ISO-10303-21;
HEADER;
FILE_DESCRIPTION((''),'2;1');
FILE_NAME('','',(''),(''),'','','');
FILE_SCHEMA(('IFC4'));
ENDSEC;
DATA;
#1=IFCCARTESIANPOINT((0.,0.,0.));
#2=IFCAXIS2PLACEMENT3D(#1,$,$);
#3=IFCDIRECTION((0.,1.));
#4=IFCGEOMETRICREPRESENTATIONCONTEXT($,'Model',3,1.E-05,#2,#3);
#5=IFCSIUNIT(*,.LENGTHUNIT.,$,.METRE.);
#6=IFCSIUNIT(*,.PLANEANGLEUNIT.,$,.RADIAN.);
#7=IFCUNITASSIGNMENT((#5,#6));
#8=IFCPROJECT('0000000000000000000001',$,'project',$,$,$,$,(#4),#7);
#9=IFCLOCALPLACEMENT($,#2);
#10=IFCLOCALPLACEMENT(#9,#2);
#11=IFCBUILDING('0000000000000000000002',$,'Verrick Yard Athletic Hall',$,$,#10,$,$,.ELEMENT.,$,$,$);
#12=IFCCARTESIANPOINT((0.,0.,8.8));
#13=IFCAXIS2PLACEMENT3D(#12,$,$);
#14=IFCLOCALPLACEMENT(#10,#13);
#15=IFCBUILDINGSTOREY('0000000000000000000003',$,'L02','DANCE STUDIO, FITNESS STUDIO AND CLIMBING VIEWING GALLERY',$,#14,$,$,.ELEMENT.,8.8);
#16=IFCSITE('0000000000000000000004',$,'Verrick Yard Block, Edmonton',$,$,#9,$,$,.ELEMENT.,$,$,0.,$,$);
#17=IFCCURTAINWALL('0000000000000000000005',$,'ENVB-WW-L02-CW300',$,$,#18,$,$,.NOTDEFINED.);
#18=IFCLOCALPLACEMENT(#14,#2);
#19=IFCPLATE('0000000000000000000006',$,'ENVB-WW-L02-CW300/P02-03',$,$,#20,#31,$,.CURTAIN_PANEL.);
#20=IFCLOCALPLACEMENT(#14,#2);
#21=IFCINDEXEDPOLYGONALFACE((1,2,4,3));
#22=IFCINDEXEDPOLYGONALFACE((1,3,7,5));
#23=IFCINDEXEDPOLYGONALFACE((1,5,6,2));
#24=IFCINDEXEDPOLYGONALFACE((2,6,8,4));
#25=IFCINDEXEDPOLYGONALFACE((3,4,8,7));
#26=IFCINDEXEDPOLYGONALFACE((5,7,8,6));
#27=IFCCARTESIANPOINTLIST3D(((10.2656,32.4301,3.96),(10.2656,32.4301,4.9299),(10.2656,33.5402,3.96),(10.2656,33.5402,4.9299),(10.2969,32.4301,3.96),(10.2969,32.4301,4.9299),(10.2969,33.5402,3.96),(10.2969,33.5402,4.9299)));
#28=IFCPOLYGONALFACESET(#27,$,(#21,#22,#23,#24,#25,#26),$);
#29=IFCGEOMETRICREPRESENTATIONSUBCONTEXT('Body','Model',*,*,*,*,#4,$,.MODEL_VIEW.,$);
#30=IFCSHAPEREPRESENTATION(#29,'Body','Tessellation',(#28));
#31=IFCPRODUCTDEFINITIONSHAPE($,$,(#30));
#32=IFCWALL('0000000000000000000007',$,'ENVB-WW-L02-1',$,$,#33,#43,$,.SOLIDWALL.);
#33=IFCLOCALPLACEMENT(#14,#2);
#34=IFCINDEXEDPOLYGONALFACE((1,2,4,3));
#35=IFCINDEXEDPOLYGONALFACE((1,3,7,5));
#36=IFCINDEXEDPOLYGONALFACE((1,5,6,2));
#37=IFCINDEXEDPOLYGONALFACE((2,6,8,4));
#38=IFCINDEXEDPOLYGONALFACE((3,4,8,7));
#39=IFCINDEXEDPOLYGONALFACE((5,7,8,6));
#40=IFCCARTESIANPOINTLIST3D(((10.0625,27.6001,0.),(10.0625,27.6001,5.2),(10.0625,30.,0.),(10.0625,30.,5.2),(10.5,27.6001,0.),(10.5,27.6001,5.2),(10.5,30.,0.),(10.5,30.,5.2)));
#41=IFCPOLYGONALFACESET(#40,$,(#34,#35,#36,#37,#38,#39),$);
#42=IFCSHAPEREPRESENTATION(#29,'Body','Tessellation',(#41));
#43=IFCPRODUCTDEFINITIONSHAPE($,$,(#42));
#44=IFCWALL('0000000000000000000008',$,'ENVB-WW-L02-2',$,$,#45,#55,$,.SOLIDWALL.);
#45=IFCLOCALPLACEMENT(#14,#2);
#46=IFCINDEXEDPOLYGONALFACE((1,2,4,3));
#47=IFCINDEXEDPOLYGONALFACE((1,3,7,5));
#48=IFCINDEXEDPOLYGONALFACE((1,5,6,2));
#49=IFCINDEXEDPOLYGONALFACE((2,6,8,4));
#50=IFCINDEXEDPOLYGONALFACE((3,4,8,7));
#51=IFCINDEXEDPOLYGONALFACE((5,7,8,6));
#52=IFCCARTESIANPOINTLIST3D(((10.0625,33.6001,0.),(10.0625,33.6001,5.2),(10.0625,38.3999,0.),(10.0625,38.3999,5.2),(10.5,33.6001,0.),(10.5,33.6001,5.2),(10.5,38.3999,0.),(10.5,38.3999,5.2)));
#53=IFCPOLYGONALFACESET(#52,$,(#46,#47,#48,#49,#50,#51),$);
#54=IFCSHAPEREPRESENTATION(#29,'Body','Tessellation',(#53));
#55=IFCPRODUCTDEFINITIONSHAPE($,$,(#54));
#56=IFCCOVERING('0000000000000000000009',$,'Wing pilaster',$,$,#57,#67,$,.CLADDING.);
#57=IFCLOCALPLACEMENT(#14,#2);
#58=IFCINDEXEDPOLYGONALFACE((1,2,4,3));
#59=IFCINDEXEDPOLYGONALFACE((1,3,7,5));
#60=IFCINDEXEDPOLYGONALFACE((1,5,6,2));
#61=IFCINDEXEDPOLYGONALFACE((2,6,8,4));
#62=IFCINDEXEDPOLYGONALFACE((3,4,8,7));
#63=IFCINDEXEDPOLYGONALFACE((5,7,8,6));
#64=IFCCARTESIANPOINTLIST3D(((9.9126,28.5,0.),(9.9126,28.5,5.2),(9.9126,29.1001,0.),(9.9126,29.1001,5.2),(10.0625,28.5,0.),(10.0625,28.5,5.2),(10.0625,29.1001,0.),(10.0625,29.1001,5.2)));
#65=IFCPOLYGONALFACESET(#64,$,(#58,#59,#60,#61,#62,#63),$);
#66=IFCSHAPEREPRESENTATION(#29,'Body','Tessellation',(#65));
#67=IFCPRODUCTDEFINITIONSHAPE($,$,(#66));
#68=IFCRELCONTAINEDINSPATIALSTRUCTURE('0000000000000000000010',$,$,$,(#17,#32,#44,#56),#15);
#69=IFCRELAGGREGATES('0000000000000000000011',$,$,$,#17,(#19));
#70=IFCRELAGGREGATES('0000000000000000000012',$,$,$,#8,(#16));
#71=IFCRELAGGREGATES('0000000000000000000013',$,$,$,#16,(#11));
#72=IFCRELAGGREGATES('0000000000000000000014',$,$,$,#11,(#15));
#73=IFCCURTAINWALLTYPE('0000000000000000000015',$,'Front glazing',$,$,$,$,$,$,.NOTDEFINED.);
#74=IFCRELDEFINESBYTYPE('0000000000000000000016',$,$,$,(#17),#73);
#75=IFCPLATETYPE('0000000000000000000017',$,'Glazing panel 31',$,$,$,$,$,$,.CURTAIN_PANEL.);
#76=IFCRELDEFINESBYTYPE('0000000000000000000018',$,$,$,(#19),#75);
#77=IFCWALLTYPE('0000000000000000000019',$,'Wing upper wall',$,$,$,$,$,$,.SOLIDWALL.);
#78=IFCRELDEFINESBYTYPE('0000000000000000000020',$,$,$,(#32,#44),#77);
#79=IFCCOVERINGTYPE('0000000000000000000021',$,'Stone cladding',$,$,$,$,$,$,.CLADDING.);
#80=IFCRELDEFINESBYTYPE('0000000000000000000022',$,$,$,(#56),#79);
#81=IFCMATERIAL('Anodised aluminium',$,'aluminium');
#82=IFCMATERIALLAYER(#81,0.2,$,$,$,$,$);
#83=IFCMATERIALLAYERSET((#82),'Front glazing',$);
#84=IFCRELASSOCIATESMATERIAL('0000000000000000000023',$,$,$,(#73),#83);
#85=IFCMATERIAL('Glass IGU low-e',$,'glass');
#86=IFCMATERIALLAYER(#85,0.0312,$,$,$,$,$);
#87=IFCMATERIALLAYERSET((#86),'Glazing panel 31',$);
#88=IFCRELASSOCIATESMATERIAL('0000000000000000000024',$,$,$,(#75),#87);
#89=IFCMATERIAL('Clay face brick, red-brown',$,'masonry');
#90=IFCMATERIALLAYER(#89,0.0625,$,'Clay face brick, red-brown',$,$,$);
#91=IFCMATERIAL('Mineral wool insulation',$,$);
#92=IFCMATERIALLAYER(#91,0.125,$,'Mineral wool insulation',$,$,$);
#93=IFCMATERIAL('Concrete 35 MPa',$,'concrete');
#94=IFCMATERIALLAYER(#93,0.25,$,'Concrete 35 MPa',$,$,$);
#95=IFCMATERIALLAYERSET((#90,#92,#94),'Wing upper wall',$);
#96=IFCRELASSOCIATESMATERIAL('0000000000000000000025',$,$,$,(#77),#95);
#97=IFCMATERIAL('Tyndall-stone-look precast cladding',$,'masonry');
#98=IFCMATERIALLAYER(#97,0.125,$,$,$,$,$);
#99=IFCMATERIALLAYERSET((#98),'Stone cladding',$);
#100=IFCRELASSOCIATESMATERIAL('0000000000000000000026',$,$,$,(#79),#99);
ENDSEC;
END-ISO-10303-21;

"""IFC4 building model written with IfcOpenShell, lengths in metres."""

from ifc_helpers import new_model, si_unit, direction, frame, frame_2d, origin, origin_2d, place, context, subcontext, project, spatial, rectangle, extrude, material, layer, layer_set, type_object, element, aggregate, save


model = new_model("IFC4")

# Units and contexts
model_context = context("Model", 3, precision=1e-05, world=origin(), true_north=direction((0.0, 1.0)))
body_context = subcontext(model_context, "Body", "Model", "MODEL_VIEW")
ifc_project = project(units=[si_unit("LENGTHUNIT", "METRE"), si_unit("PLANEANGLEUNIT", "RADIAN")], contexts=[model_context])

# Site, building, storey
site_placement = place(None, origin())
site = spatial("IfcSite", under=ifc_project, at=site_placement, Name="Verrick Yard Block, Edmonton", CompositionType="ELEMENT", RefElevation=0.0)
building_placement = place(site_placement, origin())
building = spatial("IfcBuilding", under=site, at=building_placement, Name="Verrick Yard Athletic Hall", CompositionType="ELEMENT")
storey_placement = place(building_placement, frame((0.0, 0.0, 8.8)))
storey = spatial("IfcBuildingStorey", under=building, at=storey_placement, Name="L02", Description="DANCE STUDIO, FITNESS STUDIO AND CLIMBING VIEWING GALLERY", CompositionType="ELEMENT", Elevation=8.8)

# Curtain wall, plate
ifc_material_1 = material(Name="Anodised aluminium", Category="aluminium")
ifc_layer_1 = layer(ifc_material_1, 0.2)
ifc_layer_set_1 = layer_set([ifc_layer_1], Name="Front glazing")
curtain_wall_type = type_object("IfcCurtainWallType", Name="Front glazing", PredefinedType="NOTDEFINED", material=ifc_layer_set_1)
curtain_wall_placement = place(storey_placement, origin())
curtain_wall = element("IfcCurtainWall", 1, at=curtain_wall_placement, inside=storey, type_object=curtain_wall_type, Name="ENVB-WW-L02-CW300", PredefinedType="NOTDEFINED")
ifc_material_2 = material(Name="Glass IGU low-e", Category="glass")
ifc_layer_2 = layer(ifc_material_2, 0.0312)
ifc_layer_set_2 = layer_set([ifc_layer_2], Name="Glazing panel 31")
plate_type = type_object("IfcPlateType", Name="Glazing panel 31", PredefinedType="CURTAIN_PANEL", material=ifc_layer_set_2)
plate_1_placement = place(storey_placement, frame((10.2812, 32.9851, 3.96), z_axis=(0.0, 0.0, 1.0), x_axis=(0.0, 1.0, 0.0)))
plate_1 = element("IfcPlate", 2, at=plate_1_placement, type_object=plate_type, Name="ENVB-WW-L02-CW300/P02-03", PredefinedType="CURTAIN_PANEL", context=body_context, shape_type="SweptSolid", body=[
    extrude(rectangle(XDim=1.1101, YDim=0.0312, at=origin_2d()), origin(), (0.0, 0.0, 1.0), 0.97),
])
aggregate(curtain_wall, [plate_1])

# Walls
ifc_material_3 = material(Name="Clay face brick, red-brown", Category="masonry")
ifc_layer_3 = layer(ifc_material_3, 0.0625, Name="Clay face brick, red-brown")
ifc_material_4 = material(Name="Mineral wool insulation")
ifc_layer_4 = layer(ifc_material_4, 0.125, Name="Mineral wool insulation")
ifc_material_5 = material(Name="Concrete 35 MPa", Category="concrete")
ifc_layer_5 = layer(ifc_material_5, 0.25, Name="Concrete 35 MPa")
ifc_layer_set_3 = layer_set([ifc_layer_3, ifc_layer_4, ifc_layer_5], Name="Wing upper wall")
wall_type = type_object("IfcWallType", Name="Wing upper wall", PredefinedType="SOLIDWALL", material=ifc_layer_set_3)
wall_1_placement = place(storey_placement, frame((10.2812, 27.6001, 0.0), z_axis=(0.0, 0.0, 1.0), x_axis=(0.0, 1.0, 0.0)))
element("IfcWall", 3, at=wall_1_placement, inside=storey, type_object=wall_type, Name="ENVB-WW-L02-1", PredefinedType="SOLIDWALL", context=body_context, shape_type="SweptSolid", body=[
    extrude(rectangle(XDim=2.3999, YDim=0.4375, at=frame_2d((1.2, 0.0))), origin(), (0.0, 0.0, 1.0), 5.2),
])
wall_2_placement = place(storey_placement, frame((10.2812, 33.6001, 0.0), z_axis=(0.0, 0.0, 1.0), x_axis=(0.0, 1.0, 0.0)))
element("IfcWall", 4, at=wall_2_placement, inside=storey, type_object=wall_type, Name="ENVB-WW-L02-2", PredefinedType="SOLIDWALL", context=body_context, shape_type="SweptSolid", body=[
    extrude(rectangle(XDim=4.7998, YDim=0.4375, at=frame_2d((2.3999, 0.0))), origin(), (0.0, 0.0, 1.0), 5.2),
])

# Covering
ifc_material_6 = material(Name="Tyndall-stone-look precast cladding", Category="masonry")
ifc_layer_6 = layer(ifc_material_6, 0.125)
ifc_layer_set_4 = layer_set([ifc_layer_6], Name="Stone cladding")
covering_type = type_object("IfcCoveringType", Name="Stone cladding", PredefinedType="CLADDING", material=ifc_layer_set_4)
covering_placement = place(storey_placement, frame((9.9875, 28.8, 0.0), z_axis=(0.0, 0.0, 1.0), x_axis=(0.0, 1.0, 0.0)))
element("IfcCovering", 5, at=covering_placement, inside=storey, type_object=covering_type, Name="Wing pilaster", PredefinedType="CLADDING", context=body_context, shape_type="SweptSolid", body=[
    extrude(rectangle(XDim=0.6001, YDim=0.1499, at=origin_2d()), origin(), (0.0, 0.0, 1.0), 5.2),
])

save(model, "model.ifc")
